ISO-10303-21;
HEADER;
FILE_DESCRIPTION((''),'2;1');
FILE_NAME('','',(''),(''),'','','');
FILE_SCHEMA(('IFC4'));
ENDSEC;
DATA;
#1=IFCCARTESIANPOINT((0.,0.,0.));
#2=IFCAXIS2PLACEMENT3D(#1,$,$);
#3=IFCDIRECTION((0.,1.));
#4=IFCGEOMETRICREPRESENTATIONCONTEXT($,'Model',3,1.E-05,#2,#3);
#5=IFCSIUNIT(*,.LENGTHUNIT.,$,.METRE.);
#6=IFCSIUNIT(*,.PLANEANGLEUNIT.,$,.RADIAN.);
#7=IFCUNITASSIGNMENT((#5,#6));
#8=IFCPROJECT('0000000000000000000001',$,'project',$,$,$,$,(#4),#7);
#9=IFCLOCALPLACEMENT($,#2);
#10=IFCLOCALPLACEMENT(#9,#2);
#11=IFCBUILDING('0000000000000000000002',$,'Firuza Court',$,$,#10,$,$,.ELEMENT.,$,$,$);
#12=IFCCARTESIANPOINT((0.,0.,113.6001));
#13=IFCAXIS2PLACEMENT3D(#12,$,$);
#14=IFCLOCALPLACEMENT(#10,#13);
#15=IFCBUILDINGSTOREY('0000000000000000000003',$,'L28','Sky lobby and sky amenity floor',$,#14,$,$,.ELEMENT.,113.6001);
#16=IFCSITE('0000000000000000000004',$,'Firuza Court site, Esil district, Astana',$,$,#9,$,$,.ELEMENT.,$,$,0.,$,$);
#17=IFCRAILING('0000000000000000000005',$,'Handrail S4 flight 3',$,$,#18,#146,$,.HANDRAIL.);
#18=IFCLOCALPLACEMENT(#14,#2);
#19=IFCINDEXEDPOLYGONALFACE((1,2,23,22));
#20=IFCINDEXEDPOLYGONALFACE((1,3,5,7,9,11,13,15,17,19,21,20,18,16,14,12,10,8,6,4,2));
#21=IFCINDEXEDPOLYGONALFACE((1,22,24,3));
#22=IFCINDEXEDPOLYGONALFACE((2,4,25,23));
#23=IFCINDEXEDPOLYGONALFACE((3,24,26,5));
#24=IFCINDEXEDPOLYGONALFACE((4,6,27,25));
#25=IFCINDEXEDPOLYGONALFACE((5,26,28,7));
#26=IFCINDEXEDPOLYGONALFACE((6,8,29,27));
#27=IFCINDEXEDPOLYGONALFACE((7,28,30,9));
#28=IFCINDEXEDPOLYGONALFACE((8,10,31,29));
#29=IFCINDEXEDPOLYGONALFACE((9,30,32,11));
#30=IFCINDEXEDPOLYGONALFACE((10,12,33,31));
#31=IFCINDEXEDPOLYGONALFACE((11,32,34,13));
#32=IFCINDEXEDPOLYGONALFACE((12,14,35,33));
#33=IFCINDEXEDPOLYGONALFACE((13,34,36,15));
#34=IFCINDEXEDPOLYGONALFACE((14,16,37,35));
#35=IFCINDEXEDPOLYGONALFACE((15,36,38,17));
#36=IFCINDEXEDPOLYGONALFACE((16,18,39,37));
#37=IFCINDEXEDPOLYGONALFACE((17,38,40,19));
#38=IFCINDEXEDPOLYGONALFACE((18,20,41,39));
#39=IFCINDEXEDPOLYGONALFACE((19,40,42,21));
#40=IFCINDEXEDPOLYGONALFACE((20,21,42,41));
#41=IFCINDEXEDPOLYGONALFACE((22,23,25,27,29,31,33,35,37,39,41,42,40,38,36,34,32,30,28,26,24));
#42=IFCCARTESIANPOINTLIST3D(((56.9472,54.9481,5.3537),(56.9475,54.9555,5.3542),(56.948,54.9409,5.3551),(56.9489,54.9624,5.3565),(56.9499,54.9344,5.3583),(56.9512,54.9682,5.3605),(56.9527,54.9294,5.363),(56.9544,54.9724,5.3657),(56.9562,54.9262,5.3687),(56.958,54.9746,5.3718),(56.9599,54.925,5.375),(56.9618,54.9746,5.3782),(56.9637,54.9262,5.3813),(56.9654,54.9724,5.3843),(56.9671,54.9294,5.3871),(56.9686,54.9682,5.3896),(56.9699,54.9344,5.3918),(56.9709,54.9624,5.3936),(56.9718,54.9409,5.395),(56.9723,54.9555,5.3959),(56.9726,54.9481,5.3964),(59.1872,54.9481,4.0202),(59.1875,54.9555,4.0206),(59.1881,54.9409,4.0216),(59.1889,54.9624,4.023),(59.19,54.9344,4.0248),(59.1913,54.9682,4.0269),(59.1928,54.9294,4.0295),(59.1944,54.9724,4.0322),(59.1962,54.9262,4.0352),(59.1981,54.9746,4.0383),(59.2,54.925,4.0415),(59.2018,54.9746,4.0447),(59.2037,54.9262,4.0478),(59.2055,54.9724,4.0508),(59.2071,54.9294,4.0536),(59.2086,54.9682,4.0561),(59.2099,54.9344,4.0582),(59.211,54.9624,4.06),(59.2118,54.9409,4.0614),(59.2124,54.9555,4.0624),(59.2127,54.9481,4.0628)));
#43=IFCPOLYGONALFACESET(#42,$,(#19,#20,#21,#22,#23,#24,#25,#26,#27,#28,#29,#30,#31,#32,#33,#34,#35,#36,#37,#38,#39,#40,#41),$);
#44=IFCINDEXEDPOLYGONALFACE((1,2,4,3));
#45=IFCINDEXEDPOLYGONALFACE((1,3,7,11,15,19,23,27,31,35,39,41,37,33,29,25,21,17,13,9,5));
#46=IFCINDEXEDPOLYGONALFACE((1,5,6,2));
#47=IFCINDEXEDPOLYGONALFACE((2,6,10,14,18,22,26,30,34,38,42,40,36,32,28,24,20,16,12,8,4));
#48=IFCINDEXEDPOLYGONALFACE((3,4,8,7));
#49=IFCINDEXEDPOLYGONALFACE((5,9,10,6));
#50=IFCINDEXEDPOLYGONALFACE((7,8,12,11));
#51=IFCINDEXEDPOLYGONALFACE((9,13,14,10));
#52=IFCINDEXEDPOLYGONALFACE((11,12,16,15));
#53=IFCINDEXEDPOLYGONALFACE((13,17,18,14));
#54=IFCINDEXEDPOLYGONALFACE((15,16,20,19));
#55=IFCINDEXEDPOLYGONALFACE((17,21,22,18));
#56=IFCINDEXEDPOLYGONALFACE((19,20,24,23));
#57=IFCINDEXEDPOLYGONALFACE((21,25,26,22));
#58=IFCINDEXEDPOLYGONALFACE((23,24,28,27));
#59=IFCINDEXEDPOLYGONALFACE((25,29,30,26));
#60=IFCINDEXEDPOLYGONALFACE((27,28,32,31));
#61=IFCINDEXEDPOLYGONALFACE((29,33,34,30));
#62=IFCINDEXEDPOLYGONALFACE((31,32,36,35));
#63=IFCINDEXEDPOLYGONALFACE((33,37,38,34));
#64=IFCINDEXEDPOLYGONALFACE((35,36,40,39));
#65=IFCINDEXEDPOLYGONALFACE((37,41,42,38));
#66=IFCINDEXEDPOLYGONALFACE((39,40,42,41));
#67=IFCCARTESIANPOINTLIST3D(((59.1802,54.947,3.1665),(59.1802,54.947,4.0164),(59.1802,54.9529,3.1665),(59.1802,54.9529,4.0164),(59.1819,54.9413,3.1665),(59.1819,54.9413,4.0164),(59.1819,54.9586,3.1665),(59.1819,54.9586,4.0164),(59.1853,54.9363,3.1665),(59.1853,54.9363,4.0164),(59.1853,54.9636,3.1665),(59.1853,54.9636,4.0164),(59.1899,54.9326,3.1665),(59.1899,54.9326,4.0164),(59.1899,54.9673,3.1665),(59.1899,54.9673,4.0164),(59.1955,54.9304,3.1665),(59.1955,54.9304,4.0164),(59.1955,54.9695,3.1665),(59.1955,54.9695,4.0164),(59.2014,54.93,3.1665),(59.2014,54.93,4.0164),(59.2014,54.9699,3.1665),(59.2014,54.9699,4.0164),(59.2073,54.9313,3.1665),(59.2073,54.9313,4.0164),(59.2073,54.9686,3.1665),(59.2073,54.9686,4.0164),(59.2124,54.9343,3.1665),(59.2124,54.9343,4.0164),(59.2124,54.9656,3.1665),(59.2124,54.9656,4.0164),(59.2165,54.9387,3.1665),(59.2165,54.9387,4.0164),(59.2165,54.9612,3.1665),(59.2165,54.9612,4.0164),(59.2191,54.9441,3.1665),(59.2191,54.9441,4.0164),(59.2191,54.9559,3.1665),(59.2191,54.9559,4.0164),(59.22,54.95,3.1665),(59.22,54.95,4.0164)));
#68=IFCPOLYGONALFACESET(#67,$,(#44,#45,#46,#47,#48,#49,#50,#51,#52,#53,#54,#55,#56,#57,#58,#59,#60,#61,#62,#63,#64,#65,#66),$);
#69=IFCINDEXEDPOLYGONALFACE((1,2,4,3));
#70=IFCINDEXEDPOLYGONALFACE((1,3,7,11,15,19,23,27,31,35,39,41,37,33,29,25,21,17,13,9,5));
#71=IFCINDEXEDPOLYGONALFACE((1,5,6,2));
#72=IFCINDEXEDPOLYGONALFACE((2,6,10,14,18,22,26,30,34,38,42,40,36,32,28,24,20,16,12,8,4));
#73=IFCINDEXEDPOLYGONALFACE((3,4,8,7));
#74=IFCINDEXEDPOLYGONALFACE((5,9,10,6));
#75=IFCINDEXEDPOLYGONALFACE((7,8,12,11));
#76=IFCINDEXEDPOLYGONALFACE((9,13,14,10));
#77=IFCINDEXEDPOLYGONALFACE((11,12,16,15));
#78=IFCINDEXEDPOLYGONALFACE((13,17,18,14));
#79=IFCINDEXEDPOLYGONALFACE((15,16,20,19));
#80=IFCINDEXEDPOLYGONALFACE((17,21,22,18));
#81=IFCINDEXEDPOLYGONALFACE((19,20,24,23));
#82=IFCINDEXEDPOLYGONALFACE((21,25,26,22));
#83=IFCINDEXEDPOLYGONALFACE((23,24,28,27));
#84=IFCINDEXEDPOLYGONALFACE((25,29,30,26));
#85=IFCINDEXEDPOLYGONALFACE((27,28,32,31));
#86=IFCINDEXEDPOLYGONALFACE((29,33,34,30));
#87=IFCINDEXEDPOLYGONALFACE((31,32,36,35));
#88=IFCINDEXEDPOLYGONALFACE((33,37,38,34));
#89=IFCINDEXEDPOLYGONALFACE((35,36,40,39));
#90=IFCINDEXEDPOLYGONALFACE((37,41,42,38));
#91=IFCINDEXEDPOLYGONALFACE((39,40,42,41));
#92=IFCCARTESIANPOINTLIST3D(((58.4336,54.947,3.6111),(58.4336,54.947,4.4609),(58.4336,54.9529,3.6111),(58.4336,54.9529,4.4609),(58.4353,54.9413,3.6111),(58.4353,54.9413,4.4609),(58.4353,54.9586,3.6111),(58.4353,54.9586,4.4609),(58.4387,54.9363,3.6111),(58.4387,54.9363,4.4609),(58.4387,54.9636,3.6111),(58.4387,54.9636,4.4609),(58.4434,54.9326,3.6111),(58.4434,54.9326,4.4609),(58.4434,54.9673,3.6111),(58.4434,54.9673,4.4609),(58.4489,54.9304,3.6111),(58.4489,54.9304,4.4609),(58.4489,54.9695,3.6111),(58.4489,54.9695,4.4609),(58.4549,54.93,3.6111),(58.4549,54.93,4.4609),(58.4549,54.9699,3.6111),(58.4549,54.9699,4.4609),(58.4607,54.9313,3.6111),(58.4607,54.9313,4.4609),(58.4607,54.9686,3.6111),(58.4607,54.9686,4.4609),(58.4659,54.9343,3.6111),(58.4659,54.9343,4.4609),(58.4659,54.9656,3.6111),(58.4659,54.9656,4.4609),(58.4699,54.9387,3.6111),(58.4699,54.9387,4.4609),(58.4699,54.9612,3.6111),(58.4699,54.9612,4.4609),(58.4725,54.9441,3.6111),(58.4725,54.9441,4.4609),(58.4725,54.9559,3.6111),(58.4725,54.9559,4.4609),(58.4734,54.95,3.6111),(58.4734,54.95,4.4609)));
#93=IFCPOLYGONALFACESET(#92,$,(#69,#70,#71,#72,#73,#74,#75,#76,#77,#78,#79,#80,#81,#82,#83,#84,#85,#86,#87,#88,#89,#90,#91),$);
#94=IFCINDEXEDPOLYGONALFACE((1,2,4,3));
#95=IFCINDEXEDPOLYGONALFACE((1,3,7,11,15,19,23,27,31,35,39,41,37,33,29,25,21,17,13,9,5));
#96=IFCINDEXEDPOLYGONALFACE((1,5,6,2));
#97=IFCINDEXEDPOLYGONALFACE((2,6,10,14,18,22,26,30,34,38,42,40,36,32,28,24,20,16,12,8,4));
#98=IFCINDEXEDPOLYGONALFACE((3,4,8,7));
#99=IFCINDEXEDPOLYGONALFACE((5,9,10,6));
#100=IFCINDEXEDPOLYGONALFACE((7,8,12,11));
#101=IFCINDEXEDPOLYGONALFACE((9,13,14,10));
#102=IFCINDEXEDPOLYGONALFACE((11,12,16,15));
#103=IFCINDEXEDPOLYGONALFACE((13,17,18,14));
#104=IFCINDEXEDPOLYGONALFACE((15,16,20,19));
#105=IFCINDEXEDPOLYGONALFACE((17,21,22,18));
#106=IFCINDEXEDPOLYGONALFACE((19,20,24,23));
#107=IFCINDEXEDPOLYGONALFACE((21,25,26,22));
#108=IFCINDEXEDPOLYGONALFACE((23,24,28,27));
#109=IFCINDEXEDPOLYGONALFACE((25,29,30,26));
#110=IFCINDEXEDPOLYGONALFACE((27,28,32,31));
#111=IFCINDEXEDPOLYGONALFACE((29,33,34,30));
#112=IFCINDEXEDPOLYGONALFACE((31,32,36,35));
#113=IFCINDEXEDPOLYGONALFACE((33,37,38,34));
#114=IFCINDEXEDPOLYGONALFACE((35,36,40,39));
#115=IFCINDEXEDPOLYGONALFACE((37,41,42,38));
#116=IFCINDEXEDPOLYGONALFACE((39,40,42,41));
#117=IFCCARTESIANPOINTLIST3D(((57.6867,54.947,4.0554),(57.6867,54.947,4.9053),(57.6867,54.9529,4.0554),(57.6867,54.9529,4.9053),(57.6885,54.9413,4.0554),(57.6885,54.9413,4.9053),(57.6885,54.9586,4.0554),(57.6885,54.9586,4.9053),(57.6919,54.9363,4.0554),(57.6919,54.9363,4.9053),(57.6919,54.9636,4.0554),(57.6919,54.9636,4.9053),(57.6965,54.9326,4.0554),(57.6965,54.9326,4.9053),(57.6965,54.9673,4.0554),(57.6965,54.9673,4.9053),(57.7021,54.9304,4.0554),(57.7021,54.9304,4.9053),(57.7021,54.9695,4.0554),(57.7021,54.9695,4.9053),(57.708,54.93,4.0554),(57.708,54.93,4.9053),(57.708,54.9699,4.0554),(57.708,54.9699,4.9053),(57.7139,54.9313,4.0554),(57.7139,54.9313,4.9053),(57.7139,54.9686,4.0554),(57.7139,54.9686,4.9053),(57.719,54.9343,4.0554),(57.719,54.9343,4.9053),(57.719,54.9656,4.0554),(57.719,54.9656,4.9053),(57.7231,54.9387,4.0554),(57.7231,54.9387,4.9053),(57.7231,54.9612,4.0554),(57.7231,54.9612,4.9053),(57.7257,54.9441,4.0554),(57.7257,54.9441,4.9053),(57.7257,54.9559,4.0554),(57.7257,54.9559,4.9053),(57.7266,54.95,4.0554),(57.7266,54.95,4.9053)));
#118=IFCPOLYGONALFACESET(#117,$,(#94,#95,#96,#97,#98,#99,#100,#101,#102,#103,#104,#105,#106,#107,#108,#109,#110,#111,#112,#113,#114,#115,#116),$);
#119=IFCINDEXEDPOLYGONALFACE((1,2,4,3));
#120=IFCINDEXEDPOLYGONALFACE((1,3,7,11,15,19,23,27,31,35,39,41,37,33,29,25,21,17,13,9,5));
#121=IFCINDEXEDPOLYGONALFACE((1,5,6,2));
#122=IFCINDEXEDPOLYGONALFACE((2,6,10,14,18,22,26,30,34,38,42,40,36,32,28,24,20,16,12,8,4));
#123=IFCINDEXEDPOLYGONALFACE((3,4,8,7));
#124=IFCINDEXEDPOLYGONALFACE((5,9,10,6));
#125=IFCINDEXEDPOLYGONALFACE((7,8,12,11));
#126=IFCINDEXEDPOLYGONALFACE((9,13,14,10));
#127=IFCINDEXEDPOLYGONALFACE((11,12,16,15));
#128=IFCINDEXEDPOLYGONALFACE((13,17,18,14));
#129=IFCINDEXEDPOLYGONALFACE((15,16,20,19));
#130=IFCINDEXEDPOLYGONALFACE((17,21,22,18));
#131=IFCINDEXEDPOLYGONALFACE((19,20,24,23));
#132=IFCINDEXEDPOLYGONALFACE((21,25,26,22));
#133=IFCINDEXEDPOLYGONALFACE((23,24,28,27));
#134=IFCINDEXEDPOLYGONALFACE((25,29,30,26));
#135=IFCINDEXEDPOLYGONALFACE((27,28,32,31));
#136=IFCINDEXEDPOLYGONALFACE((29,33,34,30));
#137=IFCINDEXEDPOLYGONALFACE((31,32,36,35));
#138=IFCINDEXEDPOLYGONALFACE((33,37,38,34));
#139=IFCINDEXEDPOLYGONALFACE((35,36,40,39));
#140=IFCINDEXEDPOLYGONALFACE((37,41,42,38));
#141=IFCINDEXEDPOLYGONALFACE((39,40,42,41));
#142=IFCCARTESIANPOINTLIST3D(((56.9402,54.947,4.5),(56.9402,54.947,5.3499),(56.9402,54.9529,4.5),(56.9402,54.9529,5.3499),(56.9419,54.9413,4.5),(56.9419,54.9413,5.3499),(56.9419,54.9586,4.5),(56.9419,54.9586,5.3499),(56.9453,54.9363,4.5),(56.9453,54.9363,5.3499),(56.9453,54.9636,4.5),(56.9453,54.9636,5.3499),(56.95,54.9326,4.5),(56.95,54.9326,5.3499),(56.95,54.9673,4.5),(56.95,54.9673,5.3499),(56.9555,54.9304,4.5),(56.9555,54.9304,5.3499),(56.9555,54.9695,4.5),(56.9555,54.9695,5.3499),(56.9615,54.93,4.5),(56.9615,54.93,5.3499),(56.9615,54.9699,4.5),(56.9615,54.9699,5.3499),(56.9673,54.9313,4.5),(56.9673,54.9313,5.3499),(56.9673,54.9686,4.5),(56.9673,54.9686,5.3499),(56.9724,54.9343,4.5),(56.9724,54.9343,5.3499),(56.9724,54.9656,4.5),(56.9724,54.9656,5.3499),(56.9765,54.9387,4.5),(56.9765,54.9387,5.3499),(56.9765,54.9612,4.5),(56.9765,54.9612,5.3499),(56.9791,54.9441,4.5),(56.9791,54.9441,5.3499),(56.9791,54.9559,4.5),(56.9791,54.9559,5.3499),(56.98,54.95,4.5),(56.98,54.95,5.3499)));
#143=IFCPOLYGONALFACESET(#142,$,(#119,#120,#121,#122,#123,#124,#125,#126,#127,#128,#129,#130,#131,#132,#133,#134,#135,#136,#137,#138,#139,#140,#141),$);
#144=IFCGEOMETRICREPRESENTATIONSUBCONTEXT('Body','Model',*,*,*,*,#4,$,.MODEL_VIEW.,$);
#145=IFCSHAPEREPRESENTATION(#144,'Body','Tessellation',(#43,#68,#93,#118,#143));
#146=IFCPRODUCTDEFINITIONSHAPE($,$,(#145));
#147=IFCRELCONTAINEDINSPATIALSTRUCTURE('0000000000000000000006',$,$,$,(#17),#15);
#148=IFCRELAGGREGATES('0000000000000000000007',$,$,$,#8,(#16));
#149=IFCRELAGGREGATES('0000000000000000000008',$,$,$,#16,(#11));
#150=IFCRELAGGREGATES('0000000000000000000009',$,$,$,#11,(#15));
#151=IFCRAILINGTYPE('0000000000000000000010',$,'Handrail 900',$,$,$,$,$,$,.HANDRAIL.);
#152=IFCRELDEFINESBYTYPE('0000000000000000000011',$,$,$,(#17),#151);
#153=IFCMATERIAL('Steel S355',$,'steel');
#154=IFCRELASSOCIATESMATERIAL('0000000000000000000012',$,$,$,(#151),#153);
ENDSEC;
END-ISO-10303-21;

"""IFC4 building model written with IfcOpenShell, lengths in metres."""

from ifc_helpers import new_model, si_unit, direction, frame, origin, origin_2d, place, context, subcontext, project, spatial, circle, extrude, material, type_object, element, save


model = new_model("IFC4")

# Units and contexts
model_context = context("Model", 3, precision=1e-05, world=origin(), true_north=direction((0.0, 1.0)))
body_context = subcontext(model_context, "Body", "Model", "MODEL_VIEW")
ifc_project = project(units=[si_unit("LENGTHUNIT", "METRE"), si_unit("PLANEANGLEUNIT", "RADIAN")], contexts=[model_context])

# Site, building, storey
site_placement = place(None, origin())
site = spatial("IfcSite", under=ifc_project, at=site_placement, Name="Firuza Court site, Esil district, Astana", CompositionType="ELEMENT", RefElevation=0.0)
building_placement = place(site_placement, origin())
building = spatial("IfcBuilding", under=site, at=building_placement, Name="Firuza Court", CompositionType="ELEMENT")
storey_placement = place(building_placement, frame((0.0, 0.0, 113.6001)))
storey = spatial("IfcBuildingStorey", under=building, at=storey_placement, Name="L28", Description="Sky lobby and sky amenity floor", CompositionType="ELEMENT", Elevation=113.6001)

# Railing
ifc_material_1 = material(Name="Steel S355", Category="steel")
railing_type_1 = type_object("IfcRailingType", Name="Handrail 900", PredefinedType="HANDRAIL", material=ifc_material_1)
railing_1_placement = place(storey_placement, frame((59.2, 54.95, 3.1665)))
element("IfcRailing", 1, at=railing_1_placement, inside=storey, type_object=railing_type_1, Name="Handrail S4 flight 3", PredefinedType="HANDRAIL", context=body_context, shape_type="SweptSolid", body=[
    extrude(circle(Radius=0.0249, at=origin_2d()), frame((0.0, 0.0, 0.875), z_axis=(-0.859264, 0.0, 0.511532), x_axis=(0.0, -1.0, 0.0)), (0.0, 0.0, 1.0), 2.6069),
    extrude(circle(Radius=0.02, at=origin_2d()), origin(), (0.0, 0.0, 1.0), 0.8499),
    extrude(circle(Radius=0.02, at=origin_2d()), frame((-0.7466, 0.0, 0.4446)), (0.0, 0.0, 1.0), 0.8499),
    extrude(circle(Radius=0.02, at=origin_2d()), frame((-1.4934, 0.0, 0.8889)), (0.0, 0.0, 1.0), 0.8499),
    extrude(circle(Radius=0.02, at=origin_2d()), frame((-2.24, 0.0, 1.3335)), (0.0, 0.0, 1.0), 0.8499),
])

save(model, "model.ifc")
